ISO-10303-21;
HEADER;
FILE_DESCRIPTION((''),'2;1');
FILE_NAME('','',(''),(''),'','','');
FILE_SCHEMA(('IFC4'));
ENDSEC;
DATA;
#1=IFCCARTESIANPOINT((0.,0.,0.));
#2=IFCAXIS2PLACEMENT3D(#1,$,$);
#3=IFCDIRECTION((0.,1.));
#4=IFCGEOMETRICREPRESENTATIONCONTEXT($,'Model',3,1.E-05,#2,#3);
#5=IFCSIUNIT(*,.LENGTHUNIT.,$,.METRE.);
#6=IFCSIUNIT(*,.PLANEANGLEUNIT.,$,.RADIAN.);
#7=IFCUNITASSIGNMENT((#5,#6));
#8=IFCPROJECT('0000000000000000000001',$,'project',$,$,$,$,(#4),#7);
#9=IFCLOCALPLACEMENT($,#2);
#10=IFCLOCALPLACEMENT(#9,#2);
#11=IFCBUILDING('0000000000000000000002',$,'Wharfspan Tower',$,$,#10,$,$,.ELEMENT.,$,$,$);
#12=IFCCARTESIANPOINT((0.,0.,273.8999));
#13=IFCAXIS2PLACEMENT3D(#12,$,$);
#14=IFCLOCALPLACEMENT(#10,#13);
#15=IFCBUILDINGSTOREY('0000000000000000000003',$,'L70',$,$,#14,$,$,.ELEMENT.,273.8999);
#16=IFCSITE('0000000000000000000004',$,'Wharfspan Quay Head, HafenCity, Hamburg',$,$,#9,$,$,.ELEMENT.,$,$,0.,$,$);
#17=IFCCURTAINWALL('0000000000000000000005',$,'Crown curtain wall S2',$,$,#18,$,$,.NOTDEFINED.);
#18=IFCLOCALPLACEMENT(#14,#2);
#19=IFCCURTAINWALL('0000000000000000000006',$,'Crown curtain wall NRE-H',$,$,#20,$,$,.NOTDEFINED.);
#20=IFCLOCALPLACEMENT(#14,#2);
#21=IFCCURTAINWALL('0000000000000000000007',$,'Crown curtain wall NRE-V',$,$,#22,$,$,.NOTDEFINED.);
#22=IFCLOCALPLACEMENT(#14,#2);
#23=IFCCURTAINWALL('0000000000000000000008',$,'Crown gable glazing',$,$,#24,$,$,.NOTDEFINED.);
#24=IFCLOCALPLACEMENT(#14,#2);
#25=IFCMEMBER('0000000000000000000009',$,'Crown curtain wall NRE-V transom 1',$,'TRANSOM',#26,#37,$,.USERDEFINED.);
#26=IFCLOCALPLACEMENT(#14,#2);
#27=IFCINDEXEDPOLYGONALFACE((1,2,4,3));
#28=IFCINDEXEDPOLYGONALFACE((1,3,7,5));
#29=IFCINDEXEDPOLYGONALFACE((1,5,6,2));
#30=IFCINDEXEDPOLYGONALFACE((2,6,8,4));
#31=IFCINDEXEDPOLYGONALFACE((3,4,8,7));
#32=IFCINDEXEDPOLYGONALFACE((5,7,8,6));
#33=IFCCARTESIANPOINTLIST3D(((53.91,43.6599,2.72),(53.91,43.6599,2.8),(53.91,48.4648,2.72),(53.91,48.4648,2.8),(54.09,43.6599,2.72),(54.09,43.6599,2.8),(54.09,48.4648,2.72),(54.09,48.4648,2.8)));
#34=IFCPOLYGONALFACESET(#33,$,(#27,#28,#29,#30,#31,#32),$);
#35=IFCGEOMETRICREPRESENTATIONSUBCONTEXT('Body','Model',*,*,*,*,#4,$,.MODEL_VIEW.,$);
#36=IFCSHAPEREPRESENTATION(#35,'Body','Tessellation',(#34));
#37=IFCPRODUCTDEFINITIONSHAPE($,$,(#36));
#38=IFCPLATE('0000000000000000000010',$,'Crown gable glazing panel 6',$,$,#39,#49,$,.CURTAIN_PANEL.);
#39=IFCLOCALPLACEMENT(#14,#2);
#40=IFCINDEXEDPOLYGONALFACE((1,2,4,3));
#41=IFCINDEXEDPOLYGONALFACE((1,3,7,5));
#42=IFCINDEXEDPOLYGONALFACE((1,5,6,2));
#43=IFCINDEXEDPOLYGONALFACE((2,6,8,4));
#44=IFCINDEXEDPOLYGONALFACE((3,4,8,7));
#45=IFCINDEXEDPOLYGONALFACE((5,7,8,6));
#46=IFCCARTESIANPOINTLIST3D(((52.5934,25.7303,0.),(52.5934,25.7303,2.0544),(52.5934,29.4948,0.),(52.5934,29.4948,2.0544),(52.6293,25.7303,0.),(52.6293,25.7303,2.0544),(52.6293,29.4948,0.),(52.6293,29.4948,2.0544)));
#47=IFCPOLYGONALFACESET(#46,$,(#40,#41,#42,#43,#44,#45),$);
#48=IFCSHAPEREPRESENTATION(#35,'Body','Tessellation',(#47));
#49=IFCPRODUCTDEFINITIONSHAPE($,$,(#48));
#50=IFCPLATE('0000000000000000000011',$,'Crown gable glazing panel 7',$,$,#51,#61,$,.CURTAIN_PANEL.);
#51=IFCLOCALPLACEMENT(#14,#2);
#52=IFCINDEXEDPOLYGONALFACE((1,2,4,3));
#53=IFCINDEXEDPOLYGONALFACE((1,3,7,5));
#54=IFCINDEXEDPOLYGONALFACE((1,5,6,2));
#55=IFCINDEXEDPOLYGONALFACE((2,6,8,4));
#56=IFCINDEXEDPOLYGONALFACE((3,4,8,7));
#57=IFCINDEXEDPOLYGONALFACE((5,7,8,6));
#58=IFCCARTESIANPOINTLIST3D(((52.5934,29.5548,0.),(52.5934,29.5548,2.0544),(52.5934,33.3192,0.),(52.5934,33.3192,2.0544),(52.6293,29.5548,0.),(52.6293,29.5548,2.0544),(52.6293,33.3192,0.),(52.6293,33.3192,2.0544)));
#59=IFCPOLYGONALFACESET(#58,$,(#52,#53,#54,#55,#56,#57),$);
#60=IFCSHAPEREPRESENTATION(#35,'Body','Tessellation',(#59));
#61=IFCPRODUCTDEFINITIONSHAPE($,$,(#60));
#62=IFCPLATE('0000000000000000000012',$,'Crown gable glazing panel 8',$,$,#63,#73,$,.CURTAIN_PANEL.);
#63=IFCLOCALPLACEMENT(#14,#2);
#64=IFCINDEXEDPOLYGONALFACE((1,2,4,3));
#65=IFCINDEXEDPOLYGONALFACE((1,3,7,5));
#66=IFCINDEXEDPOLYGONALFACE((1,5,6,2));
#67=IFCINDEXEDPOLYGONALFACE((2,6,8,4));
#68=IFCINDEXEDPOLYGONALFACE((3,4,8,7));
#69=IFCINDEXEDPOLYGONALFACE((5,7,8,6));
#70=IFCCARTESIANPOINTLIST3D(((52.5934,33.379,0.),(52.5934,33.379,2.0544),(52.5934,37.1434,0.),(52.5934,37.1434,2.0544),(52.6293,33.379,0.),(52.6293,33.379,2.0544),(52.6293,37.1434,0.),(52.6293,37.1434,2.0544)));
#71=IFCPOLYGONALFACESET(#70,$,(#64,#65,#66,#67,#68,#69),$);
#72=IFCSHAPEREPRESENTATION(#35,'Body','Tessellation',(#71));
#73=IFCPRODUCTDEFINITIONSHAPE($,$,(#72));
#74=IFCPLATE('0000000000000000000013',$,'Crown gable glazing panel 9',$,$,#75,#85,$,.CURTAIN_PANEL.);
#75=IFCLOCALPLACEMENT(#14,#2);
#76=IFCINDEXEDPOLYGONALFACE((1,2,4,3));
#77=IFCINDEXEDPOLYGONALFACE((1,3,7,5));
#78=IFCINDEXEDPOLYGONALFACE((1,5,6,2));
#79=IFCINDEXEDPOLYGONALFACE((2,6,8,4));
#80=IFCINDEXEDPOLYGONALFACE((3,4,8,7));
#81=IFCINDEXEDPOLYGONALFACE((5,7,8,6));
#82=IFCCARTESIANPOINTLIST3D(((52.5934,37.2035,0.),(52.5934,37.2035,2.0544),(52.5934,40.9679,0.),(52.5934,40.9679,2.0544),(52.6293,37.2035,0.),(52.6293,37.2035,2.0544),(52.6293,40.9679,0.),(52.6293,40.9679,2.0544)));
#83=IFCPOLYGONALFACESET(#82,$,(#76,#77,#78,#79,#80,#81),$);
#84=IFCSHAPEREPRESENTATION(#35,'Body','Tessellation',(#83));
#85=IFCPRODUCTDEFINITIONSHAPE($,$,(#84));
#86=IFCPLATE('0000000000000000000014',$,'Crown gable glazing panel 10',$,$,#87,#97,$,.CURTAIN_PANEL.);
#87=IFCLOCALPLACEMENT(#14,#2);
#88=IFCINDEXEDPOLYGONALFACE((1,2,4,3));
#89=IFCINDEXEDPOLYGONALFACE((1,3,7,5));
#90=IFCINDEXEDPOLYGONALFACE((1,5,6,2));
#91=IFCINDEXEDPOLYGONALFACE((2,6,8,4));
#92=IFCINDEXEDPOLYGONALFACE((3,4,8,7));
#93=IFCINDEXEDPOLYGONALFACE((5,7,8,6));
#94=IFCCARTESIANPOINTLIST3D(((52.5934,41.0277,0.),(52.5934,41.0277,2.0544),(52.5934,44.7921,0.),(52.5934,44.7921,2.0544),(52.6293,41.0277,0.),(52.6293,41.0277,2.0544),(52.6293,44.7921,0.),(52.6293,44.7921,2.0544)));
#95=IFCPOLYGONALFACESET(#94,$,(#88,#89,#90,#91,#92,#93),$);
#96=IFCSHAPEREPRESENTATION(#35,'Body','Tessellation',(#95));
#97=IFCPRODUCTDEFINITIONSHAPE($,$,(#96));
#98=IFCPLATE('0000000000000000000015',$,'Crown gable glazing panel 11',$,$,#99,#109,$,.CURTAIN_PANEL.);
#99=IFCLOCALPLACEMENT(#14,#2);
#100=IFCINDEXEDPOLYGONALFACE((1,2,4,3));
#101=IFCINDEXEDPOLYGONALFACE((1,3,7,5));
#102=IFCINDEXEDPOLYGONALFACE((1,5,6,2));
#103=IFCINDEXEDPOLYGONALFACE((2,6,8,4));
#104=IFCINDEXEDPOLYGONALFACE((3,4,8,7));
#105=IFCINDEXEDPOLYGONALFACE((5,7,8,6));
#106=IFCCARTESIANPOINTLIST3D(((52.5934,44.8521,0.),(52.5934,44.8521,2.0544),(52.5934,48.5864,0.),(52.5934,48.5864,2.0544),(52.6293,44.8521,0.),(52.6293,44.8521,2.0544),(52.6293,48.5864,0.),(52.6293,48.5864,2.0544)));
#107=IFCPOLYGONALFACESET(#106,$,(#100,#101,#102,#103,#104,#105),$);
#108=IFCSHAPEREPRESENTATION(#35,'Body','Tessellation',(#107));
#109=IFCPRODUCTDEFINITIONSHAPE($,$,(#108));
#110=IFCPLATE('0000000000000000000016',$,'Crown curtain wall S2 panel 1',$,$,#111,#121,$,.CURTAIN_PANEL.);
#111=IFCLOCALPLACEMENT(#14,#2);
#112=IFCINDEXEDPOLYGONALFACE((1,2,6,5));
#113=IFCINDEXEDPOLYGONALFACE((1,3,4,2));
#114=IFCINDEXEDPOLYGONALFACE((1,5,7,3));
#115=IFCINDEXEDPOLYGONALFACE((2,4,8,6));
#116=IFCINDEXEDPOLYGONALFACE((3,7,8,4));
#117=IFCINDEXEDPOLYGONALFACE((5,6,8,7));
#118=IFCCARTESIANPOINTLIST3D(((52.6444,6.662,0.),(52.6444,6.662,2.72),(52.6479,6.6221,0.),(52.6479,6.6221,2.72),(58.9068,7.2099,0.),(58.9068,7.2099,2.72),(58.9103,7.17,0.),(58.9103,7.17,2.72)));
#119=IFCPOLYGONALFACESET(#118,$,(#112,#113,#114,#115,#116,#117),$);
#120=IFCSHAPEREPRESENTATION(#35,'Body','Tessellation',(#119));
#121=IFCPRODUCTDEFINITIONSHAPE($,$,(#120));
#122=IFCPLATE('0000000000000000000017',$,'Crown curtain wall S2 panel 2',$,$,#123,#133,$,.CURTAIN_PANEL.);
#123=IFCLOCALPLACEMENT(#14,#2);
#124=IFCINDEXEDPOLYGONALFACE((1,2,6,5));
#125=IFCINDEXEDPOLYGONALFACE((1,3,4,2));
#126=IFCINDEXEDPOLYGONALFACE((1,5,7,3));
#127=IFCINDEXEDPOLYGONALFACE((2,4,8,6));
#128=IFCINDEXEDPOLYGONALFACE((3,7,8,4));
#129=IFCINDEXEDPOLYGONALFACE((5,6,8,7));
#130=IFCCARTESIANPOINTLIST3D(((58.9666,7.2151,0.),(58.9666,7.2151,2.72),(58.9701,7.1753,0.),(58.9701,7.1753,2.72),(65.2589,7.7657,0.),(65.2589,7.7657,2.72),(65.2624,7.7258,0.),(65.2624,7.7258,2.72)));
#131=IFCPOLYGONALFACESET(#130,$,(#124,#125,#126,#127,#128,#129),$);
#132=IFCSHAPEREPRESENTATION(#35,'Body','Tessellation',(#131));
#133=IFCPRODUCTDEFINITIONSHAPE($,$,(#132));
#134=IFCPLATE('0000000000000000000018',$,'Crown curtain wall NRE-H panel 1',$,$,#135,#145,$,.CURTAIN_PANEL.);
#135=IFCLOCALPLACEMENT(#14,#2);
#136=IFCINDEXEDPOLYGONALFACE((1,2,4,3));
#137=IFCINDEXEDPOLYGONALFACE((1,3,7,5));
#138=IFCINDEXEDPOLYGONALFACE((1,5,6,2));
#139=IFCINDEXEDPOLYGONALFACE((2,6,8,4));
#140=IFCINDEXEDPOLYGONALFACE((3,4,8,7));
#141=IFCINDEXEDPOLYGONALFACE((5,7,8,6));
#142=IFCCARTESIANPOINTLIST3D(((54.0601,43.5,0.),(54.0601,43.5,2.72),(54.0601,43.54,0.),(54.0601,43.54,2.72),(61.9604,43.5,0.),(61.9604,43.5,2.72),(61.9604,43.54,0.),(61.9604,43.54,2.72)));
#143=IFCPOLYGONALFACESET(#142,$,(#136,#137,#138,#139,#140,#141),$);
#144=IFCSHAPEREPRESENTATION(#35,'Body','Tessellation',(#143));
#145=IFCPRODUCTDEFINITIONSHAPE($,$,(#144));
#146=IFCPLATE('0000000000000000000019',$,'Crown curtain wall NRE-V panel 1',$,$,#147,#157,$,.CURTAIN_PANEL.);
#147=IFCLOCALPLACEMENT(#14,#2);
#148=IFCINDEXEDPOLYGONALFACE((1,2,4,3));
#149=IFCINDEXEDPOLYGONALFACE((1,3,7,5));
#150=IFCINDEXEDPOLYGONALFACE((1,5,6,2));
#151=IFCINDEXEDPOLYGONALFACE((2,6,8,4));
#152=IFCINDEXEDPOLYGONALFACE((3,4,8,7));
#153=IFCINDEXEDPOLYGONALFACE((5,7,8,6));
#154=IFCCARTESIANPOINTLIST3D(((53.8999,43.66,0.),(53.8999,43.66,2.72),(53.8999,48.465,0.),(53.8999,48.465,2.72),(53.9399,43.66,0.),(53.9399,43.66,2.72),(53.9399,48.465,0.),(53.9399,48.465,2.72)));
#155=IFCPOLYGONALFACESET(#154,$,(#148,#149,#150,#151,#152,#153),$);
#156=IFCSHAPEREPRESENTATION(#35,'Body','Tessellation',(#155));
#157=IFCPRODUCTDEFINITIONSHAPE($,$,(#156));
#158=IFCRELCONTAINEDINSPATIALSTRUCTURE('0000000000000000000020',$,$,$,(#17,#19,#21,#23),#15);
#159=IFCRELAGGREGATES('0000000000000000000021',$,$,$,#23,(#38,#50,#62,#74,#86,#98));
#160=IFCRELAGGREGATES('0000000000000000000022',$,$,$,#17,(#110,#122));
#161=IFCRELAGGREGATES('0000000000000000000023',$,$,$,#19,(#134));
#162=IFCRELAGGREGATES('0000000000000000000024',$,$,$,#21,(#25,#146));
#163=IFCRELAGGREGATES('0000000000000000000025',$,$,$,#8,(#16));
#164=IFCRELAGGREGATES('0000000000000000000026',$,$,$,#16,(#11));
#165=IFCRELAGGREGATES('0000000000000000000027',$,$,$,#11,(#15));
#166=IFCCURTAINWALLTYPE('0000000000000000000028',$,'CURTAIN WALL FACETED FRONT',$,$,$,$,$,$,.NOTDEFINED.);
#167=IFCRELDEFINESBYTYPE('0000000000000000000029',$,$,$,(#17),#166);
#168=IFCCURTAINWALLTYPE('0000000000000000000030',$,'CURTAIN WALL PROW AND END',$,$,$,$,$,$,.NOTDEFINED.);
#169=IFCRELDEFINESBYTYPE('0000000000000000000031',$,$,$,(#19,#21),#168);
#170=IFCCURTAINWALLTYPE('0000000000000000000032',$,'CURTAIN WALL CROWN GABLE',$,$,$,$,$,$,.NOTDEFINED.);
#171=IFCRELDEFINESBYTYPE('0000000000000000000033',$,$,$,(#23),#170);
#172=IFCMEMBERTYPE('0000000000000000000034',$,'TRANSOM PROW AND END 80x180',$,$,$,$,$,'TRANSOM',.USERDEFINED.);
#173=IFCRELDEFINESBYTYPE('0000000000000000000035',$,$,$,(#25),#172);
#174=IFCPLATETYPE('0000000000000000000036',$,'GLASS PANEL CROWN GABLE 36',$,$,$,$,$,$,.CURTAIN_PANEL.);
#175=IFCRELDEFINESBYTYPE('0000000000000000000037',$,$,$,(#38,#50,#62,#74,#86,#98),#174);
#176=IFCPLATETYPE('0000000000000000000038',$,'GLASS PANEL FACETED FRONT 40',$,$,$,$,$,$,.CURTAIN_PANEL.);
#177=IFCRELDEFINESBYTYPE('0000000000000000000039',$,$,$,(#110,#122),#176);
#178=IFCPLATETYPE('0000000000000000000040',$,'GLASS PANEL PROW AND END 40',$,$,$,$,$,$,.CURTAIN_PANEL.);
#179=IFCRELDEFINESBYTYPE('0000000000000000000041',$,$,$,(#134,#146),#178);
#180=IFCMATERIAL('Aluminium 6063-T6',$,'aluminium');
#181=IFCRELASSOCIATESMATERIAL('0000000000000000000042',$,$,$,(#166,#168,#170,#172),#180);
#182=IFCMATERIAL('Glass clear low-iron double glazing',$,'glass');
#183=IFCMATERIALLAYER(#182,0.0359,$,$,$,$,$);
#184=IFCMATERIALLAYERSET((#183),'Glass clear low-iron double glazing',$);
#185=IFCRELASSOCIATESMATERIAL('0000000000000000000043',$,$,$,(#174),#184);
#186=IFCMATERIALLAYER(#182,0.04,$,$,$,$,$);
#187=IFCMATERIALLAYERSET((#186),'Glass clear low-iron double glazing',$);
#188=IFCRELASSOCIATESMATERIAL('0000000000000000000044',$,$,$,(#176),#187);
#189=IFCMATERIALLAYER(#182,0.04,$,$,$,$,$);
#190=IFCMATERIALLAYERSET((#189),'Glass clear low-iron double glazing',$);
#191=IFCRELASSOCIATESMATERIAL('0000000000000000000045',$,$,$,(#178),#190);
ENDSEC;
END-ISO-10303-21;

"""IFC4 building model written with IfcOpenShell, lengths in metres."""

from ifc_helpers import new_model, si_unit, direction, frame, origin, origin_2d, place, context, subcontext, project, spatial, rectangle, extrude, material, layer, layer_set, material_profile, profile_set, type_object, element, aggregate, save


model = new_model("IFC4")

# Units and contexts
model_context = context("Model", 3, precision=1e-05, world=origin(), true_north=direction((0.0, 1.0)))
body_context = subcontext(model_context, "Body", "Model", "MODEL_VIEW")
ifc_project = project(units=[si_unit("LENGTHUNIT", "METRE"), si_unit("PLANEANGLEUNIT", "RADIAN")], contexts=[model_context])

# Site, building, storey
site_placement = place(None, origin())
site = spatial("IfcSite", under=ifc_project, at=site_placement, Name="Wharfspan Quay Head, HafenCity, Hamburg", CompositionType="ELEMENT", RefElevation=0.0)
building_placement = place(site_placement, origin())
building = spatial("IfcBuilding", under=site, at=building_placement, Name="Wharfspan Tower", CompositionType="ELEMENT")
storey_placement = place(building_placement, frame((0.0, 0.0, 273.8999)))
storey = spatial("IfcBuildingStorey", under=building, at=storey_placement, Name="L70", CompositionType="ELEMENT", Elevation=273.8999)

# Curtain wall
ifc_material_1 = material(Name="Aluminium 6063-T6", Category="aluminium")
curtain_wall_type_1 = type_object("IfcCurtainWallType", Name="CURTAIN WALL FACETED FRONT", PredefinedType="NOTDEFINED", material=ifc_material_1)
curtain_wall_1_placement = place(storey_placement, origin())
curtain_wall_1 = element("IfcCurtainWall", 1, at=curtain_wall_1_placement, inside=storey, type_object=curtain_wall_type_1, Name="Crown curtain wall S2", PredefinedType="NOTDEFINED")

# Shared definitions
curtain_wall_type_2 = type_object("IfcCurtainWallType", Name="CURTAIN WALL PROW AND END", PredefinedType="NOTDEFINED", material=ifc_material_1)

# Curtain walls
curtain_wall_2_placement = place(storey_placement, origin())
curtain_wall_2 = element("IfcCurtainWall", 2, at=curtain_wall_2_placement, inside=storey, type_object=curtain_wall_type_2, Name="Crown curtain wall NRE-H", PredefinedType="NOTDEFINED")
curtain_wall_3_placement = place(storey_placement, origin())
curtain_wall_3 = element("IfcCurtainWall", 3, at=curtain_wall_3_placement, inside=storey, type_object=curtain_wall_type_2, Name="Crown curtain wall NRE-V", PredefinedType="NOTDEFINED")
curtain_wall_type_3 = type_object("IfcCurtainWallType", Name="CURTAIN WALL CROWN GABLE", PredefinedType="NOTDEFINED", material=ifc_material_1)
curtain_wall_4_placement = place(storey_placement, origin())
curtain_wall_4 = element("IfcCurtainWall", 4, at=curtain_wall_4_placement, inside=storey, type_object=curtain_wall_type_3, Name="Crown gable glazing", PredefinedType="NOTDEFINED")

# Member
ifc_material_profile_1 = material_profile(ifc_material_1, rectangle(XDim=0.1799, YDim=0.0801, at=origin_2d()))
ifc_profile_set_1 = profile_set([ifc_material_profile_1], Name="Aluminium 6063-T6")
member_type_1 = type_object("IfcMemberType", Name="TRANSOM PROW AND END 80x180", ElementType="TRANSOM", PredefinedType="USERDEFINED", material=ifc_profile_set_1)
member_1_placement = place(storey_placement, frame((54.0, 43.6599, 2.76), z_axis=(0.0, 1.0, 0.0), x_axis=(-1.0, 0.0, 0.0)))
member_1 = element("IfcMember", 5, at=member_1_placement, type_object=member_type_1, Name="Crown curtain wall NRE-V transom 1", ObjectType="TRANSOM", PredefinedType="USERDEFINED", context=body_context, shape_type="SweptSolid", body=[
    extrude(rectangle(XDim=0.1799, YDim=0.0801, at=origin_2d()), origin(), (0.0, 0.0, 1.0), 4.8049),
])

# Plates
ifc_material_2 = material(Name="Glass clear low-iron double glazing", Category="glass")
ifc_layer_1 = layer(ifc_material_2, 0.0359)
ifc_layer_set_1 = layer_set([ifc_layer_1], Name="Glass clear low-iron double glazing")
plate_type_1 = type_object("IfcPlateType", Name="GLASS PANEL CROWN GABLE 36", PredefinedType="CURTAIN_PANEL", material=ifc_layer_set_1)
plate_1_placement = place(storey_placement, frame((52.6113, 27.6125, 0.0), z_axis=(0.0, 0.0, 1.0), x_axis=(0.0, 1.0, 0.0)))
plate_1 = element("IfcPlate", 6, at=plate_1_placement, type_object=plate_type_1, Name="Crown gable glazing panel 6", PredefinedType="CURTAIN_PANEL", context=body_context, shape_type="SweptSolid", body=[
    extrude(rectangle(XDim=3.7644, YDim=0.0359, at=origin_2d()), origin(), (0.0, 0.0, 1.0), 2.0544),
])
plate_2_placement = place(storey_placement, frame((52.6113, 31.437, 0.0), z_axis=(0.0, 0.0, 1.0), x_axis=(0.0, 1.0, 0.0)))
plate_2 = element("IfcPlate", 7, at=plate_2_placement, type_object=plate_type_1, Name="Crown gable glazing panel 7", PredefinedType="CURTAIN_PANEL", context=body_context, shape_type="SweptSolid", body=[
    extrude(rectangle(XDim=3.7644, YDim=0.0359, at=origin_2d()), origin(), (0.0, 0.0, 1.0), 2.0544),
])
plate_3_placement = place(storey_placement, frame((52.6113, 35.2612, 0.0), z_axis=(0.0, 0.0, 1.0), x_axis=(0.0, 1.0, 0.0)))
plate_3 = element("IfcPlate", 8, at=plate_3_placement, type_object=plate_type_1, Name="Crown gable glazing panel 8", PredefinedType="CURTAIN_PANEL", context=body_context, shape_type="SweptSolid", body=[
    extrude(rectangle(XDim=3.7644, YDim=0.0359, at=origin_2d()), origin(), (0.0, 0.0, 1.0), 2.0544),
])
plate_4_placement = place(storey_placement, frame((52.6113, 39.0857, 0.0), z_axis=(0.0, 0.0, 1.0), x_axis=(0.0, 1.0, 0.0)))
plate_4 = element("IfcPlate", 9, at=plate_4_placement, type_object=plate_type_1, Name="Crown gable glazing panel 9", PredefinedType="CURTAIN_PANEL", context=body_context, shape_type="SweptSolid", body=[
    extrude(rectangle(XDim=3.7644, YDim=0.0359, at=origin_2d()), origin(), (0.0, 0.0, 1.0), 2.0544),
])
plate_5_placement = place(storey_placement, frame((52.6113, 42.9099, 0.0), z_axis=(0.0, 0.0, 1.0), x_axis=(0.0, 1.0, 0.0)))
plate_5 = element("IfcPlate", 10, at=plate_5_placement, type_object=plate_type_1, Name="Crown gable glazing panel 10", PredefinedType="CURTAIN_PANEL", context=body_context, shape_type="SweptSolid", body=[
    extrude(rectangle(XDim=3.7644, YDim=0.0359, at=origin_2d()), origin(), (0.0, 0.0, 1.0), 2.0544),
])
plate_6_placement = place(storey_placement, frame((52.6113, 46.7192, 0.0), z_axis=(0.0, 0.0, 1.0), x_axis=(0.0, 1.0, 0.0)))
plate_6 = element("IfcPlate", 11, at=plate_6_placement, type_object=plate_type_1, Name="Crown gable glazing panel 11", PredefinedType="CURTAIN_PANEL", context=body_context, shape_type="SweptSolid", body=[
    extrude(rectangle(XDim=3.7344, YDim=0.0359, at=origin_2d()), origin(), (0.0, 0.0, 1.0), 2.0544),
])
aggregate(curtain_wall_4, [plate_1, plate_2, plate_3, plate_4, plate_5, plate_6])
ifc_layer_2 = layer(ifc_material_2, 0.04)
ifc_layer_set_2 = layer_set([ifc_layer_2], Name="Glass clear low-iron double glazing")
plate_type_2 = type_object("IfcPlateType", Name="GLASS PANEL FACETED FRONT 40", PredefinedType="CURTAIN_PANEL", material=ifc_layer_set_2)
plate_7_placement = place(storey_placement, frame((55.7773, 6.916, 0.0), z_axis=(0.0, 0.0, 1.0), x_axis=(0.996198, 0.087156, 0.0)))
plate_7 = element("IfcPlate", 12, at=plate_7_placement, type_object=plate_type_2, Name="Crown curtain wall S2 panel 1", PredefinedType="CURTAIN_PANEL", context=body_context, shape_type="SweptSolid", body=[
    extrude(rectangle(XDim=6.2864, YDim=0.04, at=origin_2d()), origin(), (0.0, 0.0, 1.0), 2.72),
])
plate_8_placement = place(storey_placement, frame((62.1145, 7.4705, 0.0), z_axis=(0.0, 0.0, 1.0), x_axis=(0.996198, 0.087156, 0.0)))
plate_8 = element("IfcPlate", 13, at=plate_8_placement, type_object=plate_type_2, Name="Crown curtain wall S2 panel 2", PredefinedType="CURTAIN_PANEL", context=body_context, shape_type="SweptSolid", body=[
    extrude(rectangle(XDim=6.3164, YDim=0.04, at=origin_2d()), origin(), (0.0, 0.0, 1.0), 2.72),
])
aggregate(curtain_wall_1, [plate_7, plate_8])
ifc_layer_3 = layer(ifc_material_2, 0.04)
ifc_layer_set_3 = layer_set([ifc_layer_3], Name="Glass clear low-iron double glazing")
plate_type_3 = type_object("IfcPlateType", Name="GLASS PANEL PROW AND END 40", PredefinedType="CURTAIN_PANEL", material=ifc_layer_set_3)
plate_9_placement = place(storey_placement, frame((58.0103, 43.52, 0.0), z_axis=(0.0, 0.0, 1.0), x_axis=(-1.0, 0.0, 0.0)))
plate_9 = element("IfcPlate", 14, at=plate_9_placement, type_object=plate_type_3, Name="Crown curtain wall NRE-H panel 1", PredefinedType="CURTAIN_PANEL", context=body_context, shape_type="SweptSolid", body=[
    extrude(rectangle(XDim=7.9004, YDim=0.04, at=origin_2d()), origin(), (0.0, 0.0, 1.0), 2.72),
])
aggregate(curtain_wall_2, [plate_9])
plate_10_placement = place(storey_placement, frame((53.9199, 46.0625, 0.0), z_axis=(0.0, 0.0, 1.0), x_axis=(0.0, 1.0, 0.0)))
plate_10 = element("IfcPlate", 15, at=plate_10_placement, type_object=plate_type_3, Name="Crown curtain wall NRE-V panel 1", PredefinedType="CURTAIN_PANEL", context=body_context, shape_type="SweptSolid", body=[
    extrude(rectangle(XDim=4.8049, YDim=0.04, at=origin_2d()), origin(), (0.0, 0.0, 1.0), 2.72),
])
aggregate(curtain_wall_3, [member_1, plate_10])

save(model, "model.ifc")
